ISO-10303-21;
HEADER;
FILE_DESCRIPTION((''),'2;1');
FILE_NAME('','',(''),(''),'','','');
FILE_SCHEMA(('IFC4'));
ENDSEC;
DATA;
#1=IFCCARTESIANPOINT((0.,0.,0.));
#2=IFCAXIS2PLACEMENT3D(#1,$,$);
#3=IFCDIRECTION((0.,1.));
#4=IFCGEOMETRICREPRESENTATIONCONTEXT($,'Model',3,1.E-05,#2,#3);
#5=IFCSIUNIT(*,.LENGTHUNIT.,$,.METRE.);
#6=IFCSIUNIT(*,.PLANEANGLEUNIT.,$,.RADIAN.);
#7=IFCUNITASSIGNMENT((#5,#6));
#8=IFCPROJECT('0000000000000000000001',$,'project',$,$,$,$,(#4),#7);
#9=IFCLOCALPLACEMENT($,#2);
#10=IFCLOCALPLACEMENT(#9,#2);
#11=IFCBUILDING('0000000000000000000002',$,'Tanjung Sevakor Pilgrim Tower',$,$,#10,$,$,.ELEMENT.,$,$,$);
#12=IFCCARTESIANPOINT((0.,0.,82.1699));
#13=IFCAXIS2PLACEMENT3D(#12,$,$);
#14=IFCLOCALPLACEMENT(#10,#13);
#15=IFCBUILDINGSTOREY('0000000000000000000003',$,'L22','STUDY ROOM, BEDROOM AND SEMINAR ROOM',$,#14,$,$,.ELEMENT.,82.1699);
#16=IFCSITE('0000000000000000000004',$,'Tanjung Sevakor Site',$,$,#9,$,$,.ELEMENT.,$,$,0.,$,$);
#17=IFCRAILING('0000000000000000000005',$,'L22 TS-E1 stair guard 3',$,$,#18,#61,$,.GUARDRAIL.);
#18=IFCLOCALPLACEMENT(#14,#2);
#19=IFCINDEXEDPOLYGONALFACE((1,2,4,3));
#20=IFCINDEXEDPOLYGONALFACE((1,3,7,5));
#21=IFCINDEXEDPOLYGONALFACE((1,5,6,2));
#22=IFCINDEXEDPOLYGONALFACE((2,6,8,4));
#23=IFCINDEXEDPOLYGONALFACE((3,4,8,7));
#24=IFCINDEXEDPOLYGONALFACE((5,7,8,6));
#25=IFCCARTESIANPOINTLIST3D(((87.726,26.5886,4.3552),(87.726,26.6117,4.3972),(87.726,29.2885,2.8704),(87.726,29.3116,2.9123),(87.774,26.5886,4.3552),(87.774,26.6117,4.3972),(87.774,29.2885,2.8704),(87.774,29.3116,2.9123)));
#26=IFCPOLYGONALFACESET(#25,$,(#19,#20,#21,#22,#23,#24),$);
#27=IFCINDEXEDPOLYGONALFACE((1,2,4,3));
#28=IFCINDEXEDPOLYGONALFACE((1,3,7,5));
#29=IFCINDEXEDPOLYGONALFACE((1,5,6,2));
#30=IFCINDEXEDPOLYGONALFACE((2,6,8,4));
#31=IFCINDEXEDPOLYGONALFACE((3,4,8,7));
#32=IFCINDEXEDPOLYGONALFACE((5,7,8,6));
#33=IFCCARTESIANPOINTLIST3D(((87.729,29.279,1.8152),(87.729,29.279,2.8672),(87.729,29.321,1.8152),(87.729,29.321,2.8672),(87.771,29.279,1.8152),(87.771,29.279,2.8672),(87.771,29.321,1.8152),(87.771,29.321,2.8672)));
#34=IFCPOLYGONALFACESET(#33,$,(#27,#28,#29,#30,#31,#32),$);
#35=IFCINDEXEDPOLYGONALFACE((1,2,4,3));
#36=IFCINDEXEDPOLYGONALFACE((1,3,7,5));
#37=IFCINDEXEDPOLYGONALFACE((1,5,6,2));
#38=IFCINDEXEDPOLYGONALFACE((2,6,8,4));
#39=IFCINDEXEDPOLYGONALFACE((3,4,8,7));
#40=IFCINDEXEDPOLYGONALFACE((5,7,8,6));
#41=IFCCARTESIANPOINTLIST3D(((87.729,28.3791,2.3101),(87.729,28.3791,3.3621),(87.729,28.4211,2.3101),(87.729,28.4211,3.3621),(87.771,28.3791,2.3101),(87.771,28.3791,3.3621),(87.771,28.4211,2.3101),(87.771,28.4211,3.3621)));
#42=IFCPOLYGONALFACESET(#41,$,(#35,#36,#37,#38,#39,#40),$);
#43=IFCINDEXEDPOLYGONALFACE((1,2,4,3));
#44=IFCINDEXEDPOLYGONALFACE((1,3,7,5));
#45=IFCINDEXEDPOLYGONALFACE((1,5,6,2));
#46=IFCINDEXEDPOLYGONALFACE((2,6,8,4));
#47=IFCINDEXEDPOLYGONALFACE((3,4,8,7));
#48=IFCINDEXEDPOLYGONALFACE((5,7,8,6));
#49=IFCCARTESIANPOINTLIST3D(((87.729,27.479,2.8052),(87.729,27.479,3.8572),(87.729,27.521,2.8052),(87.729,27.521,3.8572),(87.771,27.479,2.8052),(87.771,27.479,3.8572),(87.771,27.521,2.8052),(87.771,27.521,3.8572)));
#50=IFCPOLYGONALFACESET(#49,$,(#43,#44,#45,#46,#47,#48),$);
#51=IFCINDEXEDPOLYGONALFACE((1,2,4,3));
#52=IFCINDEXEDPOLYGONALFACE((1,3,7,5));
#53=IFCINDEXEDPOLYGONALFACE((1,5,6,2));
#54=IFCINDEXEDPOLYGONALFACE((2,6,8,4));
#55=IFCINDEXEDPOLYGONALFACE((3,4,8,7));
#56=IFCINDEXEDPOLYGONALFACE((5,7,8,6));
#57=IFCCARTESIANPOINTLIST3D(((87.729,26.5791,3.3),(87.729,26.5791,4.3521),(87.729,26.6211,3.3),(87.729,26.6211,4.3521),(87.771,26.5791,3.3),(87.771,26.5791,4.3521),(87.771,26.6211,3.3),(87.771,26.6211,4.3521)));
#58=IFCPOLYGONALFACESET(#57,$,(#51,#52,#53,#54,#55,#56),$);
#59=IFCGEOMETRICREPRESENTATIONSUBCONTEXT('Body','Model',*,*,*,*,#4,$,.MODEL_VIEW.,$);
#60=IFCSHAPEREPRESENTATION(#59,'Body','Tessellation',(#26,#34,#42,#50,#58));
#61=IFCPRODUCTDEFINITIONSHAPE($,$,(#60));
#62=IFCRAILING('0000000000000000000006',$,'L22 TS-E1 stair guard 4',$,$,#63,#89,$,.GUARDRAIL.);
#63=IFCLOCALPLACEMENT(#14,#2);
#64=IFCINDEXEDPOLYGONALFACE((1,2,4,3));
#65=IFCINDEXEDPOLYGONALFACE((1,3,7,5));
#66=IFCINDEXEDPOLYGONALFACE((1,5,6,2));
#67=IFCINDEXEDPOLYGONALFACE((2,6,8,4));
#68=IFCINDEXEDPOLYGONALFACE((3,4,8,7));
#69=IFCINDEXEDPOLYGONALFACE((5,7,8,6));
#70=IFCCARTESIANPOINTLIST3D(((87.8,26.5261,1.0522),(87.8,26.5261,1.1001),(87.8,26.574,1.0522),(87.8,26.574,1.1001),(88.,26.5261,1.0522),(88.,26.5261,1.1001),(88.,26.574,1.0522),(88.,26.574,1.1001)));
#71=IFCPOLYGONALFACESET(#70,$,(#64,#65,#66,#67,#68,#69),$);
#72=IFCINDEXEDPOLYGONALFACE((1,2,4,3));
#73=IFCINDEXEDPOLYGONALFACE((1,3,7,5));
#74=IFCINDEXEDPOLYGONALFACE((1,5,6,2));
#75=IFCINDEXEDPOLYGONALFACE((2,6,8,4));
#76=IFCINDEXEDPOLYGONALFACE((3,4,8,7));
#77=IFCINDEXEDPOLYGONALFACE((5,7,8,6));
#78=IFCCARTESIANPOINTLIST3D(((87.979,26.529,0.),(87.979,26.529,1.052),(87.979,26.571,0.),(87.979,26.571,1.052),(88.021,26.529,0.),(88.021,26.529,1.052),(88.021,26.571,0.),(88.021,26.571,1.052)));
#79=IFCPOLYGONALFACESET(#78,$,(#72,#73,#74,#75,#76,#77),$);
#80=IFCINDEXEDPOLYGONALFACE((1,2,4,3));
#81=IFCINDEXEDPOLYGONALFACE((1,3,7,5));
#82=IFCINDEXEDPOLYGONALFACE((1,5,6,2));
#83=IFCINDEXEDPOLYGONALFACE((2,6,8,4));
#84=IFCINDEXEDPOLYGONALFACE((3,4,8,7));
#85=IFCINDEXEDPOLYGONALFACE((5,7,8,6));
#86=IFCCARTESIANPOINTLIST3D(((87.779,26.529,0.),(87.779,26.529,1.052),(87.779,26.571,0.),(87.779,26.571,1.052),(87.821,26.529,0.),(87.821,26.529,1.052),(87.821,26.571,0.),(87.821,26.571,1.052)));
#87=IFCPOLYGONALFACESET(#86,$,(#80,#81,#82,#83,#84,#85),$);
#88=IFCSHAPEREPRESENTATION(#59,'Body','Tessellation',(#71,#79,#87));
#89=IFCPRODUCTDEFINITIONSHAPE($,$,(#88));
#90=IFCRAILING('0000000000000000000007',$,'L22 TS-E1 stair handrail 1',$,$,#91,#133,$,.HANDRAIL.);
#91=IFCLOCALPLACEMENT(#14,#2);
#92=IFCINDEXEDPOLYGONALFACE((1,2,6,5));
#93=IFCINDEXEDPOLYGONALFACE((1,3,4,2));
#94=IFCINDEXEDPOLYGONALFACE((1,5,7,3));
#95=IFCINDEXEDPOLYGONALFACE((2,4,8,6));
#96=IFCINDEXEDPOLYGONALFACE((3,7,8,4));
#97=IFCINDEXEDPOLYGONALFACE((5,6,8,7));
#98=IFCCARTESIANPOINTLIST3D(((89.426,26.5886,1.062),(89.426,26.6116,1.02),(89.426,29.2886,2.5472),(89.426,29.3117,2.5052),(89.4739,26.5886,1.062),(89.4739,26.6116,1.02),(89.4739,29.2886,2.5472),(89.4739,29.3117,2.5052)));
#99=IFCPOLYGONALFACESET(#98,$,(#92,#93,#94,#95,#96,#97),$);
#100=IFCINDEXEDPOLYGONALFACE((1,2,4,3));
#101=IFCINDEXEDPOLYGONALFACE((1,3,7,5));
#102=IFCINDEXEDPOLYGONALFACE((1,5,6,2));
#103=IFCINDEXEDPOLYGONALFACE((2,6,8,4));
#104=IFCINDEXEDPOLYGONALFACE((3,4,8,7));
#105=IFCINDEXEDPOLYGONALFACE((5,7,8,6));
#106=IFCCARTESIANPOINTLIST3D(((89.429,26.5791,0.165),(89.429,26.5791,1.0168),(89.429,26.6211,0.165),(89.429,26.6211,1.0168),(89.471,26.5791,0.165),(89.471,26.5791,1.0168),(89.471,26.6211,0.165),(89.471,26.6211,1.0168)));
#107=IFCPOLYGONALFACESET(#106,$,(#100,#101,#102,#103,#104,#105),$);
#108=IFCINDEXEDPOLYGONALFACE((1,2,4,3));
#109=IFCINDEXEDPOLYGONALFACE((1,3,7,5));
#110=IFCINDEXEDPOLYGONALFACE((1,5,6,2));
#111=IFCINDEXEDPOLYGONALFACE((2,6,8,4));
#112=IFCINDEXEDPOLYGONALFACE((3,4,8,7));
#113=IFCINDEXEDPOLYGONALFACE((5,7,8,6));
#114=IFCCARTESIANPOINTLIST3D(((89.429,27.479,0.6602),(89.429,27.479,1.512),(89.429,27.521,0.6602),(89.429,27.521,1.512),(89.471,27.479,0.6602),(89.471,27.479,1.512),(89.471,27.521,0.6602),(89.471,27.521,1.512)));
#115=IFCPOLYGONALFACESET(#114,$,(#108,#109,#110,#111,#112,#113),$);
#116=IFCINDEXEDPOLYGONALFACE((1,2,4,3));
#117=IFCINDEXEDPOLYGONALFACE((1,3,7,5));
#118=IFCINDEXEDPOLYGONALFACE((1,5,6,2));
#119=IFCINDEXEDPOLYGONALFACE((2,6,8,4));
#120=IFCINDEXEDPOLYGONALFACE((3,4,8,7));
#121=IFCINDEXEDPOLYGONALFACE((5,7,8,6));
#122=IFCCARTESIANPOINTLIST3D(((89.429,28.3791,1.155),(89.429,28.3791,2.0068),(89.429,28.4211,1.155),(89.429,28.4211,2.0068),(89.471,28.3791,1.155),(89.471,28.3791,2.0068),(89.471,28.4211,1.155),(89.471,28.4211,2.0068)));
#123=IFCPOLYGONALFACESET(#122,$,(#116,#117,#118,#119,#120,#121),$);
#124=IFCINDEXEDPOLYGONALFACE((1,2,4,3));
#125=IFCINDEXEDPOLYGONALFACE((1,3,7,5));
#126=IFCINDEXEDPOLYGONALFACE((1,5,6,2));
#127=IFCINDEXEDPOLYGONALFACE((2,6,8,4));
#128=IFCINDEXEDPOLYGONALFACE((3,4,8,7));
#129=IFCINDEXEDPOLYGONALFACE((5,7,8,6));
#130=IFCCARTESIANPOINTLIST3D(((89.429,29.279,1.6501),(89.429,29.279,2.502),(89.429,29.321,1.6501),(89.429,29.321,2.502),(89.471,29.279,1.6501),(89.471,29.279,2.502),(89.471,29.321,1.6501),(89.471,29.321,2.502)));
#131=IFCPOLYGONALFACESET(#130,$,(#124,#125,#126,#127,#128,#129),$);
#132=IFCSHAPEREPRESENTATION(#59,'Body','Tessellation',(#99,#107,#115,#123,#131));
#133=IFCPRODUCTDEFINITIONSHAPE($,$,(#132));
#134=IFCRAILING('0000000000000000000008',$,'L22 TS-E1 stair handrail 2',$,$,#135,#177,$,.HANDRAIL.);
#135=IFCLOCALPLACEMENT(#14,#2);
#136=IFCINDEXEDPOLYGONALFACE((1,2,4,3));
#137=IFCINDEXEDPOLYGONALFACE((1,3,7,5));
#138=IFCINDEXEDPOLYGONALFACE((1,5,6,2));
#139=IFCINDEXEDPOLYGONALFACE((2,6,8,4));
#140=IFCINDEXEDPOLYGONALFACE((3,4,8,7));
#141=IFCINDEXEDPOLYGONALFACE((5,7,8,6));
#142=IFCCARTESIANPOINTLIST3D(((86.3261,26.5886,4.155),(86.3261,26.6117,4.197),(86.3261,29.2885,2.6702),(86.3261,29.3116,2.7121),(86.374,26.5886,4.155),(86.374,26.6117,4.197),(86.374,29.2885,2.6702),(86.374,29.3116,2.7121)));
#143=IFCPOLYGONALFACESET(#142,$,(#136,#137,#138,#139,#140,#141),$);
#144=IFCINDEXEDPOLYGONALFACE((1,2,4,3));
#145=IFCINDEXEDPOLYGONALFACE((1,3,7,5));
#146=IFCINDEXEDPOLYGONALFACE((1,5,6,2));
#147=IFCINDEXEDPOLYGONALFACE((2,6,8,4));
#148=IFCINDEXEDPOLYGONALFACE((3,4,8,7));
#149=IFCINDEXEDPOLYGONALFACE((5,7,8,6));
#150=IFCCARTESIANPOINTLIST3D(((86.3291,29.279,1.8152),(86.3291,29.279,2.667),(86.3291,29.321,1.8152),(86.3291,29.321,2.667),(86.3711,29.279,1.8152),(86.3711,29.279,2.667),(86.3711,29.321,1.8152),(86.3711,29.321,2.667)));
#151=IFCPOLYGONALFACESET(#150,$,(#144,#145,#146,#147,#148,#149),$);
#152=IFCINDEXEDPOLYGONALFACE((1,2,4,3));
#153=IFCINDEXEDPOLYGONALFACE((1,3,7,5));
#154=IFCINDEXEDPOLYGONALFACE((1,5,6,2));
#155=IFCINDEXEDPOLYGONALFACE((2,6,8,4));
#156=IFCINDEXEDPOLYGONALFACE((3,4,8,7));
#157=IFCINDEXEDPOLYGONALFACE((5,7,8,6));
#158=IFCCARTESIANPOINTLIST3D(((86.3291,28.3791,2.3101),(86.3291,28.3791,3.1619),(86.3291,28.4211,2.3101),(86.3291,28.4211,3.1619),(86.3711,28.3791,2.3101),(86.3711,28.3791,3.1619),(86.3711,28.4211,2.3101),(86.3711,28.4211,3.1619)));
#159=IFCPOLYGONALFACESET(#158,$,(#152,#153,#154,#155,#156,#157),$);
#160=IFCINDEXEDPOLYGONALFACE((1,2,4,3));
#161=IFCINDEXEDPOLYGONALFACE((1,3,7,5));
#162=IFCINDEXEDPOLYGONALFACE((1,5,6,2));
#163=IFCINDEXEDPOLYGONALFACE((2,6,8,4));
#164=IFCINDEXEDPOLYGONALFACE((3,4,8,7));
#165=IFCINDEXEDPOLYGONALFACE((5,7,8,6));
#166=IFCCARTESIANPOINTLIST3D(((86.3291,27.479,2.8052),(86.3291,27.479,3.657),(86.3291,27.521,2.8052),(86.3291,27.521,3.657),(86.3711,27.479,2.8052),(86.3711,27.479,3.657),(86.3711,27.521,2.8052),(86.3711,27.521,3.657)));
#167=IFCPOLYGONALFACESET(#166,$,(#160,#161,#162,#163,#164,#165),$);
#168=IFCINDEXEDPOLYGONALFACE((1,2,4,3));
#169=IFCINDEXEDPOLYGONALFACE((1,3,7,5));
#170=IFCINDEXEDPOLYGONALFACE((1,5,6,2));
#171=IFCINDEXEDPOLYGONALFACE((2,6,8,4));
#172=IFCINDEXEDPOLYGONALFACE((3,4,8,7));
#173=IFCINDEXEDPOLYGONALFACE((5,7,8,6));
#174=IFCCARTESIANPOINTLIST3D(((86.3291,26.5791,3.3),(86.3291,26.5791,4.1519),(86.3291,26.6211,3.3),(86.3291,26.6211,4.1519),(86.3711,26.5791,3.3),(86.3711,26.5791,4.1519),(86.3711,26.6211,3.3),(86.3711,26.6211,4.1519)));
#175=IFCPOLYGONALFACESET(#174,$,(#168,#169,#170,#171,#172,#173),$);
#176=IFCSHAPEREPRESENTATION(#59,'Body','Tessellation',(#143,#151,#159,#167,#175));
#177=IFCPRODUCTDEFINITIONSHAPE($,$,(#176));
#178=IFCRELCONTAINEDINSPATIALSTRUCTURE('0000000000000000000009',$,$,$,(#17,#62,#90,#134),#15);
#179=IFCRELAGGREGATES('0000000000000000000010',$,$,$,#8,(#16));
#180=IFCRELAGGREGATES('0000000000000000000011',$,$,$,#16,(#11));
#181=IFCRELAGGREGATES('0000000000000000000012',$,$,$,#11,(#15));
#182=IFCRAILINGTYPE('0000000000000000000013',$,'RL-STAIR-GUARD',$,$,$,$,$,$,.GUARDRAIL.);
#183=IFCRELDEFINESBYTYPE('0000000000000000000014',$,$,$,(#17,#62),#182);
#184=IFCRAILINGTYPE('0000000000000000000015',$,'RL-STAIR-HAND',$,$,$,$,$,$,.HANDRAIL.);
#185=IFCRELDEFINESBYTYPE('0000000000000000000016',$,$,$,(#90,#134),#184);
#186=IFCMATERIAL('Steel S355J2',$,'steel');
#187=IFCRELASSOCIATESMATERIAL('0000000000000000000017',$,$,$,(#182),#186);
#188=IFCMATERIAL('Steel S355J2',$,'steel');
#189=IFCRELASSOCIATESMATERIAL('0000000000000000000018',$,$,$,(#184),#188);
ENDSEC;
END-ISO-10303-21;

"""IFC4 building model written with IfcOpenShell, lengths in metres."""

from ifc_helpers import new_model, si_unit, direction, frame, origin, place, context, subcontext, project, spatial, rectangle, extrude, material, type_object, element, save


model = new_model("IFC4")

# Units and contexts
model_context = context("Model", 3, precision=1e-05, world=origin(), true_north=direction((0.0, 1.0)))
body_context = subcontext(model_context, "Body", "Model", "MODEL_VIEW")
ifc_project = project(units=[si_unit("LENGTHUNIT", "METRE"), si_unit("PLANEANGLEUNIT", "RADIAN")], contexts=[model_context])

# Site, building, storey
site_placement = place(None, origin())
site = spatial("IfcSite", under=ifc_project, at=site_placement, Name="Tanjung Sevakor Site", CompositionType="ELEMENT", RefElevation=0.0)
building_placement = place(site_placement, origin())
building = spatial("IfcBuilding", under=site, at=building_placement, Name="Tanjung Sevakor Pilgrim Tower", CompositionType="ELEMENT")
storey_placement = place(building_placement, frame((0.0, 0.0, 82.1699)))
storey = spatial("IfcBuildingStorey", under=building, at=storey_placement, Name="L22", Description="STUDY ROOM, BEDROOM AND SEMINAR ROOM", CompositionType="ELEMENT", Elevation=82.1699)

# Railings
ifc_material_1 = material(Name="Steel S355J2", Category="steel")
railing_type_1 = type_object("IfcRailingType", Name="RL-STAIR-GUARD", PredefinedType="GUARDRAIL", material=ifc_material_1)
railing_1_placement = place(storey_placement, frame((87.75, 29.3, 1.8152)))
element("IfcRailing", 1, at=railing_1_placement, inside=storey, type_object=railing_type_1, Name="L22 TS-E1 stair guard 3", PredefinedType="GUARDRAIL", context=body_context, shape_type="SweptSolid", body=[
    extrude(rectangle(XDim=0.0479, YDim=0.0479), frame((0.0, 0.0, 1.0762), z_axis=(0.0, -0.876231, 0.481891), x_axis=(1.0, 0.0, 0.0)), (0.0, 0.0, 1.0), 3.0813),
    extrude(rectangle(XDim=0.042, YDim=0.042), origin(), (0.0, 0.0, 1.0), 1.052),
    extrude(rectangle(XDim=0.042, YDim=0.042), frame((0.0, -0.8999, 0.4949)), (0.0, 0.0, 1.0), 1.052),
    extrude(rectangle(XDim=0.042, YDim=0.042), frame((0.0, -1.8, 0.99)), (0.0, 0.0, 1.0), 1.052),
    extrude(rectangle(XDim=0.042, YDim=0.042), frame((0.0, -2.7, 1.4849)), (0.0, 0.0, 1.0), 1.052),
])
railing_2_placement = place(storey_placement, frame((88.0, 26.55, 0.0)))
element("IfcRailing", 2, at=railing_2_placement, inside=storey, type_object=railing_type_1, Name="L22 TS-E1 stair guard 4", PredefinedType="GUARDRAIL", context=body_context, shape_type="SweptSolid", body=[
    extrude(rectangle(XDim=0.0479, YDim=0.0479), frame((0.0, 0.0, 1.0762), z_axis=(-1.0, 0.0, 0.0), x_axis=(0.0, -1.0, 0.0)), (0.0, 0.0, 1.0), 0.2),
    extrude(rectangle(XDim=0.042, YDim=0.042), origin(), (0.0, 0.0, 1.0), 1.052),
    extrude(rectangle(XDim=0.042, YDim=0.042), frame((-0.2, 0.0, 0.0)), (0.0, 0.0, 1.0), 1.052),
])
ifc_material_2 = material(Name="Steel S355J2", Category="steel")
railing_type_2 = type_object("IfcRailingType", Name="RL-STAIR-HAND", PredefinedType="HANDRAIL", material=ifc_material_2)
railing_3_placement = place(storey_placement, frame((89.45, 26.6001, 0.165)))
element("IfcRailing", 3, at=railing_3_placement, inside=storey, type_object=railing_type_2, Name="L22 TS-E1 stair handrail 1", PredefinedType="HANDRAIL", context=body_context, shape_type="SweptSolid", body=[
    extrude(rectangle(XDim=0.0479, YDim=0.0479), frame((0.0, 0.0, 0.876), z_axis=(0.0, 0.876198, 0.481952), x_axis=(-1.0, 0.0, 0.0)), (0.0, 0.0, 1.0), 3.0815),
    extrude(rectangle(XDim=0.042, YDim=0.042), origin(), (0.0, 0.0, 1.0), 0.8518),
    extrude(rectangle(XDim=0.042, YDim=0.042), frame((0.0, 0.8999, 0.4951)), (0.0, 0.0, 1.0), 0.8518),
    extrude(rectangle(XDim=0.042, YDim=0.042), frame((0.0, 1.8, 0.99)), (0.0, 0.0, 1.0), 0.8518),
    extrude(rectangle(XDim=0.042, YDim=0.042), frame((0.0, 2.7, 1.4851)), (0.0, 0.0, 1.0), 0.8518),
])
railing_4_placement = place(storey_placement, frame((86.3501, 29.3, 1.8152)))
element("IfcRailing", 4, at=railing_4_placement, inside=storey, type_object=railing_type_2, Name="L22 TS-E1 stair handrail 2", PredefinedType="HANDRAIL", context=body_context, shape_type="SweptSolid", body=[
    extrude(rectangle(XDim=0.0479, YDim=0.0479), frame((0.0, 0.0, 0.876), z_axis=(0.0, -0.876231, 0.481891), x_axis=(1.0, 0.0, 0.0)), (0.0, 0.0, 1.0), 3.0813),
    extrude(rectangle(XDim=0.042, YDim=0.042), origin(), (0.0, 0.0, 1.0), 0.8518),
    extrude(rectangle(XDim=0.042, YDim=0.042), frame((0.0, -0.8999, 0.4949)), (0.0, 0.0, 1.0), 0.8518),
    extrude(rectangle(XDim=0.042, YDim=0.042), frame((0.0, -1.8, 0.99)), (0.0, 0.0, 1.0), 0.8518),
    extrude(rectangle(XDim=0.042, YDim=0.042), frame((0.0, -2.7, 1.4849)), (0.0, 0.0, 1.0), 0.8518),
])

save(model, "model.ifc")
